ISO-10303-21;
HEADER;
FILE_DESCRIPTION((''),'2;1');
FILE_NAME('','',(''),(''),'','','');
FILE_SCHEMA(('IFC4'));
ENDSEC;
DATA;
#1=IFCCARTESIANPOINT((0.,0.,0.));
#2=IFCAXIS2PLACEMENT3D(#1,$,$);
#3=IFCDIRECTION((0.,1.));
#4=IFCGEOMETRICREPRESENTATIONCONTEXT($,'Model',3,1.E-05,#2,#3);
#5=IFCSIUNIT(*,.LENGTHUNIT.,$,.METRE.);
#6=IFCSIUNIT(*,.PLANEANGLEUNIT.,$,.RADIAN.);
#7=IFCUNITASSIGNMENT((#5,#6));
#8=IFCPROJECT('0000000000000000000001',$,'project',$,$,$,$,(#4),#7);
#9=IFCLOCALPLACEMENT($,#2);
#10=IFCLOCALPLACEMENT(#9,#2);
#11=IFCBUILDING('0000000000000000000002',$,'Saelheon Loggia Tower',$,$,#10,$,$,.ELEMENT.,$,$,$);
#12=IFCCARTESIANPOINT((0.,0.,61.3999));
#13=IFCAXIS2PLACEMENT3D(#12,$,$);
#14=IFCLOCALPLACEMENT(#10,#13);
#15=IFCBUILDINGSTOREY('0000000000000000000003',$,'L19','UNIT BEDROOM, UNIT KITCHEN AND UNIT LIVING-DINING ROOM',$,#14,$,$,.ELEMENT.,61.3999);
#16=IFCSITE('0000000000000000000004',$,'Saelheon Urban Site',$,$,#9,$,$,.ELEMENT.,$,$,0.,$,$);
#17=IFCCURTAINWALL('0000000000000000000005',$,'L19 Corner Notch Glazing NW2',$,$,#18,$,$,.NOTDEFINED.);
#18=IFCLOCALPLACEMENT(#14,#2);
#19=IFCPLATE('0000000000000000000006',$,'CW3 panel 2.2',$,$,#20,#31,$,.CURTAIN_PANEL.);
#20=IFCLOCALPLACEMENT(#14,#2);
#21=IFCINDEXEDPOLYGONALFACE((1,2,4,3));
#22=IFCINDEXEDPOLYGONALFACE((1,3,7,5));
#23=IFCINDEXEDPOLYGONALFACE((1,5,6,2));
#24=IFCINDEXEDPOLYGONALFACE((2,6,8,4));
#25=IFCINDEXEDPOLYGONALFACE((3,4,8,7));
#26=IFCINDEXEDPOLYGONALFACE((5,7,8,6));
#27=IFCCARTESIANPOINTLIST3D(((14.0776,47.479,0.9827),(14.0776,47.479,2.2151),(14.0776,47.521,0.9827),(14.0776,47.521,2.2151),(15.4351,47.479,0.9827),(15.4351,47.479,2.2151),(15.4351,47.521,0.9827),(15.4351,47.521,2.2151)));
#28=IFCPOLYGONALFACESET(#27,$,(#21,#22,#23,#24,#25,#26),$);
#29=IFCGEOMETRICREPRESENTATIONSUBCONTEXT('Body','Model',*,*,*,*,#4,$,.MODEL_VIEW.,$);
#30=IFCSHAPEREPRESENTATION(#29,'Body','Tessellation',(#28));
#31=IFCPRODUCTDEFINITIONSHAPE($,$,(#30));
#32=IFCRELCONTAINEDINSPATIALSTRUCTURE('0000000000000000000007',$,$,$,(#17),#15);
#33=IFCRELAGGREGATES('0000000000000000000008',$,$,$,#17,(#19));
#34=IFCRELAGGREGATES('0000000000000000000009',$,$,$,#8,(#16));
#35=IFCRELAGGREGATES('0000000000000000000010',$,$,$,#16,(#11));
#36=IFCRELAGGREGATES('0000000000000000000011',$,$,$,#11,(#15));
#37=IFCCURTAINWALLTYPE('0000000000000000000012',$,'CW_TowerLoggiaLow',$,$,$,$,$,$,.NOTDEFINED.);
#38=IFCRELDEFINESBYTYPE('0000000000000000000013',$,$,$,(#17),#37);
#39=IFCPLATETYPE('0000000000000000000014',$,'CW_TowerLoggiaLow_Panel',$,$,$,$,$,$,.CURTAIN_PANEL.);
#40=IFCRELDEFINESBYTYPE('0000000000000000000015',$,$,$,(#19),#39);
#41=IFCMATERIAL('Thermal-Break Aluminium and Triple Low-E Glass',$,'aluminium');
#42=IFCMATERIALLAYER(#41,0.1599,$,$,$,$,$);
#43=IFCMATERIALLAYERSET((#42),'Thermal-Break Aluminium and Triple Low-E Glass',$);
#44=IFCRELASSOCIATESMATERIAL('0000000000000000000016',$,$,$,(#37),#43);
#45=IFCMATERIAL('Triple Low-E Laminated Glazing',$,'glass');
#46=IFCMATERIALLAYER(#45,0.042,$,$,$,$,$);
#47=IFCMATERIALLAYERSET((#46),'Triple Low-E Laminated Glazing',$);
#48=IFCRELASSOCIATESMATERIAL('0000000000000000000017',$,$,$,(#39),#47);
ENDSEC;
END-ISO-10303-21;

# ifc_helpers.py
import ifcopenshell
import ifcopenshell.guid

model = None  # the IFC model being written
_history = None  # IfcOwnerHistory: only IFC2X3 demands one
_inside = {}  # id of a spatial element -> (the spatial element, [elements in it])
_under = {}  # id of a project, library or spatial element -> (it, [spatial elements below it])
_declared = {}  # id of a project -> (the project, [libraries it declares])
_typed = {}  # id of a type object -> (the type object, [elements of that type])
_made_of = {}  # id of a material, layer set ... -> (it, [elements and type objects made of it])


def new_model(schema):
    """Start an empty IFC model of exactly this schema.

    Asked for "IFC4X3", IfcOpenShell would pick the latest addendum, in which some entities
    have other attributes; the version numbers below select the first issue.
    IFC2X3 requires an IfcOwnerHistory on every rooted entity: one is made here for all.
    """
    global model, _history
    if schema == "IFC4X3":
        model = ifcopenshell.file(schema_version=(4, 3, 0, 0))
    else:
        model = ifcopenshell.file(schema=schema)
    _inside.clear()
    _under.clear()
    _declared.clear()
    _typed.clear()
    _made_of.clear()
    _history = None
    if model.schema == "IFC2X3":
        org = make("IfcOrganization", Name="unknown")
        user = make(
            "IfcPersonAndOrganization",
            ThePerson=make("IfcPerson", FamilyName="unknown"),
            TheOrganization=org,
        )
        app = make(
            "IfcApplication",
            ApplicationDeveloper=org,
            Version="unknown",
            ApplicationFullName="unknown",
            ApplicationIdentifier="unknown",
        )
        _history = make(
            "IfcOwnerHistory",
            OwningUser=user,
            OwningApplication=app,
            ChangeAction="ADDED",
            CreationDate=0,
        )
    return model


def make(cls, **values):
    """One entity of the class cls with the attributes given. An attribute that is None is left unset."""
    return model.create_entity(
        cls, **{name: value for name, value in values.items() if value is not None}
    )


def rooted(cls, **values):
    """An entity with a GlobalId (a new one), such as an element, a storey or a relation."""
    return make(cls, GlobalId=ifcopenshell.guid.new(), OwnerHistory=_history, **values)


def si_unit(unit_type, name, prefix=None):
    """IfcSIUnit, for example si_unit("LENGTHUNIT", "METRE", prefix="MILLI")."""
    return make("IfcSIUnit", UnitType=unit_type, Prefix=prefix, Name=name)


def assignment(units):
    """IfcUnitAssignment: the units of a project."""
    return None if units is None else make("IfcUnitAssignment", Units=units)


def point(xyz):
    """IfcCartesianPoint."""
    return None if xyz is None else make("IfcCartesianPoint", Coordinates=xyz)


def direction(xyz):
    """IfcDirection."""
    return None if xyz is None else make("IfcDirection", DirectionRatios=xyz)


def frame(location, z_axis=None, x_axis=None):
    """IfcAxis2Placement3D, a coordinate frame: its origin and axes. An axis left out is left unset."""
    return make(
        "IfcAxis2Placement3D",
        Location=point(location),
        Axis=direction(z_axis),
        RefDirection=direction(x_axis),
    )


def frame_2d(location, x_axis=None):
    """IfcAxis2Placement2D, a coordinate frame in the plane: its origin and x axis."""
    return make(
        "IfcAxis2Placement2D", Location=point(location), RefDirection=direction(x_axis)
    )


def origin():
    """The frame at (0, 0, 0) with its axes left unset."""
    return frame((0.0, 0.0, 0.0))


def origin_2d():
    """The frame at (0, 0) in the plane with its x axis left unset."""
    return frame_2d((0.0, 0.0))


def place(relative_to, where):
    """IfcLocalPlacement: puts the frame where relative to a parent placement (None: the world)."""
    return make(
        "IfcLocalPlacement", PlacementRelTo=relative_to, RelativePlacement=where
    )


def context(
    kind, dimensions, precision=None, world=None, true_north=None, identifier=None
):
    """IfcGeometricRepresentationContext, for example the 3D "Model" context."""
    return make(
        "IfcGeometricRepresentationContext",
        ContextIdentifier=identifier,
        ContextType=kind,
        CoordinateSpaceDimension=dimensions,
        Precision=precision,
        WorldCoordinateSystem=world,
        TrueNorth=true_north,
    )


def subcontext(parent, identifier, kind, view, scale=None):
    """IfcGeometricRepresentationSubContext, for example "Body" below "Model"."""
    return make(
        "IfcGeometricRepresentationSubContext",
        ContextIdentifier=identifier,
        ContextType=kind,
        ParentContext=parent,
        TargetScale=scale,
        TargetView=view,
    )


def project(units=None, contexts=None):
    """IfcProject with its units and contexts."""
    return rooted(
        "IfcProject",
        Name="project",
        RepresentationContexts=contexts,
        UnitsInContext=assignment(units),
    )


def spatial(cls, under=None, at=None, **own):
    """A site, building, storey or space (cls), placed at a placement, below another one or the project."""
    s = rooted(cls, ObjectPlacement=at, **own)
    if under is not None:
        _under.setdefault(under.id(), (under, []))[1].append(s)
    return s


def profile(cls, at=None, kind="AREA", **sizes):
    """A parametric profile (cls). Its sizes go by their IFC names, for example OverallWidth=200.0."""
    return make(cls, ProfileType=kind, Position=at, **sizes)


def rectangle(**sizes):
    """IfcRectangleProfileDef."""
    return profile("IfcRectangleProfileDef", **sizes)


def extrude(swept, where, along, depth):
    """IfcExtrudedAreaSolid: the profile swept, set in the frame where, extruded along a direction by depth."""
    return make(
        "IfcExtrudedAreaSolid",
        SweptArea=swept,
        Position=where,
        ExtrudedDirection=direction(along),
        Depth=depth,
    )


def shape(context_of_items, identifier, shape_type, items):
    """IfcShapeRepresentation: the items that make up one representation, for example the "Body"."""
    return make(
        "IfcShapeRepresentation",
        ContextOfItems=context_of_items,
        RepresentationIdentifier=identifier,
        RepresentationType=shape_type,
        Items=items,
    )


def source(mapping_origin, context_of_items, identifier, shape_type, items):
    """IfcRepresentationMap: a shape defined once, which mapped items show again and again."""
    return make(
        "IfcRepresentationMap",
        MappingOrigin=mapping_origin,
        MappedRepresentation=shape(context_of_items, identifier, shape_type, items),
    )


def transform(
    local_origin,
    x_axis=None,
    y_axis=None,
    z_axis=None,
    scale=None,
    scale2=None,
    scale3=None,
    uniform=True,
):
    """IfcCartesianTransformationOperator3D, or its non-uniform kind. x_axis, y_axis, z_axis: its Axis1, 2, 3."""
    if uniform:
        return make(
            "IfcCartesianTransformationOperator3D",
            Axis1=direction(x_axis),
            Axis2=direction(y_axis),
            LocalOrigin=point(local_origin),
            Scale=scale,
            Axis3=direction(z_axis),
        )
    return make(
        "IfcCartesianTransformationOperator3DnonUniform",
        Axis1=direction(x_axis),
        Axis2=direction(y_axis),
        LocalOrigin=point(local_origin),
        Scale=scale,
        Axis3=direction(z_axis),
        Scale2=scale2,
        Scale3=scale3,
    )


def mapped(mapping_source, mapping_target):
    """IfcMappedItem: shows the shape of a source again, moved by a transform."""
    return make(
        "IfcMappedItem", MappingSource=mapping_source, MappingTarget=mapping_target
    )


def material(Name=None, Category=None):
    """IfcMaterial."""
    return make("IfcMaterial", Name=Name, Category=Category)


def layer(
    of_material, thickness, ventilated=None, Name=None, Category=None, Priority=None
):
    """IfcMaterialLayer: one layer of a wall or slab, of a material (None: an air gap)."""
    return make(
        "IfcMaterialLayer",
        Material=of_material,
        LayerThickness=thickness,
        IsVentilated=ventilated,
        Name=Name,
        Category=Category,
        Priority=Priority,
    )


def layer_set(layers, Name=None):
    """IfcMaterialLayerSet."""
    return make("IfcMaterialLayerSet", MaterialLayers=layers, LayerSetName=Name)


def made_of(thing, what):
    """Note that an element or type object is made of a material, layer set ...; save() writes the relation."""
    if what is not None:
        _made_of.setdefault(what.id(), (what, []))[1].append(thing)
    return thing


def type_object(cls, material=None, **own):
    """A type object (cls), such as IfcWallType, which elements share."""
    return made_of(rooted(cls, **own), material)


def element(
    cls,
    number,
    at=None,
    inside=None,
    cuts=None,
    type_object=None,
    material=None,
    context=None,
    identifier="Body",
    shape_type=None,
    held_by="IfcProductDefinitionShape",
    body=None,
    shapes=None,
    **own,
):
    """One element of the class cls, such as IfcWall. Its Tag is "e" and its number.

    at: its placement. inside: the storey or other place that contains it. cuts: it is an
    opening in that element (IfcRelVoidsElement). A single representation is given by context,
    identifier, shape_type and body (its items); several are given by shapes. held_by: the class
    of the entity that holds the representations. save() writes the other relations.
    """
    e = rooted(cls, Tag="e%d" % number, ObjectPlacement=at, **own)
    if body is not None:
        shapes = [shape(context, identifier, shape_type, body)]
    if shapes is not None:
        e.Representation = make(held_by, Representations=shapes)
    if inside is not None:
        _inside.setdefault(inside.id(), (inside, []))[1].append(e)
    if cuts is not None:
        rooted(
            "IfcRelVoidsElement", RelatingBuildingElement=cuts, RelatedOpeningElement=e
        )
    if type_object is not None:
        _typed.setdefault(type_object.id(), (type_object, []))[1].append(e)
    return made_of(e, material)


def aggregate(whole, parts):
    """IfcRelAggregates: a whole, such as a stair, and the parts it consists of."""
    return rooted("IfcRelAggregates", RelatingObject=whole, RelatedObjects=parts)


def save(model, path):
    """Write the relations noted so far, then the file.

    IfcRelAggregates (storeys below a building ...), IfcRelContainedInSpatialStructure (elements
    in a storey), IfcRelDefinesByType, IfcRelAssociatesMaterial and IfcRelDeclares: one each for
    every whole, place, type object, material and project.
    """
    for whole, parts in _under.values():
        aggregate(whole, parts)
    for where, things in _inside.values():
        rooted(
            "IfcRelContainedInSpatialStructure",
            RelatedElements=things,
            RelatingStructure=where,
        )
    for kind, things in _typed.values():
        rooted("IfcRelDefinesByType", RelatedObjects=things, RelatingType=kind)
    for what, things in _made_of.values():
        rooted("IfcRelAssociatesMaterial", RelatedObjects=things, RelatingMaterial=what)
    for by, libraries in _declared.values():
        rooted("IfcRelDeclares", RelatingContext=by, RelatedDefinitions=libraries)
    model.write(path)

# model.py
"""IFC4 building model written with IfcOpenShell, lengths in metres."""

from ifc_helpers import new_model, si_unit, direction, frame, origin, origin_2d, place, context, subcontext, project, spatial, rectangle, extrude, source, transform, mapped, material, layer, layer_set, type_object, element, aggregate, save


model = new_model("IFC4")

# Units and contexts
model_context = context("Model", 3, precision=1e-05, world=origin(), true_north=direction((0.0, 1.0)))
body_context = subcontext(model_context, "Body", "Model", "MODEL_VIEW")
ifc_project = project(units=[si_unit("LENGTHUNIT", "METRE"), si_unit("PLANEANGLEUNIT", "RADIAN")], contexts=[model_context])

# Site, building, storey
site_placement = place(None, origin())
site = spatial("IfcSite", under=ifc_project, at=site_placement, Name="Saelheon Urban Site", CompositionType="ELEMENT", RefElevation=0.0)
building_placement = place(site_placement, origin())
building = spatial("IfcBuilding", under=site, at=building_placement, Name="Saelheon Loggia Tower", CompositionType="ELEMENT")
storey_placement = place(building_placement, frame((0.0, 0.0, 61.3999)))
storey = spatial("IfcBuildingStorey", under=building, at=storey_placement, Name="L19", Description="UNIT BEDROOM, UNIT KITCHEN AND UNIT LIVING-DINING ROOM", CompositionType="ELEMENT", Elevation=61.3999)

# Curtain wall
ifc_material_1 = material(Name="Thermal-Break Aluminium and Triple Low-E Glass", Category="aluminium")
ifc_layer_1 = layer(ifc_material_1, 0.1599)
ifc_layer_set_1 = layer_set([ifc_layer_1], Name="Thermal-Break Aluminium and Triple Low-E Glass")
curtain_wall_type = type_object("IfcCurtainWallType", Name="CW_TowerLoggiaLow", PredefinedType="NOTDEFINED", material=ifc_layer_set_1)
curtain_wall_1_placement = place(storey_placement, origin())
curtain_wall_1 = element("IfcCurtainWall", 1, at=curtain_wall_1_placement, inside=storey, type_object=curtain_wall_type, Name="L19 Corner Notch Glazing NW2", PredefinedType="NOTDEFINED")

# Plate
ifc_material_2 = material(Name="Triple Low-E Laminated Glazing", Category="glass")
ifc_layer_2 = layer(ifc_material_2, 0.042)
ifc_layer_set_2 = layer_set([ifc_layer_2], Name="Triple Low-E Laminated Glazing")
plate_type = type_object("IfcPlateType", Name="CW_TowerLoggiaLow_Panel", PredefinedType="CURTAIN_PANEL", material=ifc_layer_set_2)
shared_shape_1 = source(origin(), body_context, "Body", "SweptSolid", [
    extrude(rectangle(XDim=1.3574, YDim=0.042, at=origin_2d()), origin(), (0.0, 0.0, 1.0), 1.2324),
])
plate_1_placement = place(storey_placement, frame((14.7563, 47.5, 0.9827), z_axis=(0.0, 0.0, 1.0), x_axis=(1.0, 0.0, 0.0)))
plate_1 = element("IfcPlate", 2, at=plate_1_placement, type_object=plate_type, Name="CW3 panel 2.2", PredefinedType="CURTAIN_PANEL", context=body_context, shape_type="MappedRepresentation", body=[
    mapped(shared_shape_1, transform((0.0, 0.0, 0.0), scale=1.0)),
])
aggregate(curtain_wall_1, [plate_1])

save(model, "model.ifc")
